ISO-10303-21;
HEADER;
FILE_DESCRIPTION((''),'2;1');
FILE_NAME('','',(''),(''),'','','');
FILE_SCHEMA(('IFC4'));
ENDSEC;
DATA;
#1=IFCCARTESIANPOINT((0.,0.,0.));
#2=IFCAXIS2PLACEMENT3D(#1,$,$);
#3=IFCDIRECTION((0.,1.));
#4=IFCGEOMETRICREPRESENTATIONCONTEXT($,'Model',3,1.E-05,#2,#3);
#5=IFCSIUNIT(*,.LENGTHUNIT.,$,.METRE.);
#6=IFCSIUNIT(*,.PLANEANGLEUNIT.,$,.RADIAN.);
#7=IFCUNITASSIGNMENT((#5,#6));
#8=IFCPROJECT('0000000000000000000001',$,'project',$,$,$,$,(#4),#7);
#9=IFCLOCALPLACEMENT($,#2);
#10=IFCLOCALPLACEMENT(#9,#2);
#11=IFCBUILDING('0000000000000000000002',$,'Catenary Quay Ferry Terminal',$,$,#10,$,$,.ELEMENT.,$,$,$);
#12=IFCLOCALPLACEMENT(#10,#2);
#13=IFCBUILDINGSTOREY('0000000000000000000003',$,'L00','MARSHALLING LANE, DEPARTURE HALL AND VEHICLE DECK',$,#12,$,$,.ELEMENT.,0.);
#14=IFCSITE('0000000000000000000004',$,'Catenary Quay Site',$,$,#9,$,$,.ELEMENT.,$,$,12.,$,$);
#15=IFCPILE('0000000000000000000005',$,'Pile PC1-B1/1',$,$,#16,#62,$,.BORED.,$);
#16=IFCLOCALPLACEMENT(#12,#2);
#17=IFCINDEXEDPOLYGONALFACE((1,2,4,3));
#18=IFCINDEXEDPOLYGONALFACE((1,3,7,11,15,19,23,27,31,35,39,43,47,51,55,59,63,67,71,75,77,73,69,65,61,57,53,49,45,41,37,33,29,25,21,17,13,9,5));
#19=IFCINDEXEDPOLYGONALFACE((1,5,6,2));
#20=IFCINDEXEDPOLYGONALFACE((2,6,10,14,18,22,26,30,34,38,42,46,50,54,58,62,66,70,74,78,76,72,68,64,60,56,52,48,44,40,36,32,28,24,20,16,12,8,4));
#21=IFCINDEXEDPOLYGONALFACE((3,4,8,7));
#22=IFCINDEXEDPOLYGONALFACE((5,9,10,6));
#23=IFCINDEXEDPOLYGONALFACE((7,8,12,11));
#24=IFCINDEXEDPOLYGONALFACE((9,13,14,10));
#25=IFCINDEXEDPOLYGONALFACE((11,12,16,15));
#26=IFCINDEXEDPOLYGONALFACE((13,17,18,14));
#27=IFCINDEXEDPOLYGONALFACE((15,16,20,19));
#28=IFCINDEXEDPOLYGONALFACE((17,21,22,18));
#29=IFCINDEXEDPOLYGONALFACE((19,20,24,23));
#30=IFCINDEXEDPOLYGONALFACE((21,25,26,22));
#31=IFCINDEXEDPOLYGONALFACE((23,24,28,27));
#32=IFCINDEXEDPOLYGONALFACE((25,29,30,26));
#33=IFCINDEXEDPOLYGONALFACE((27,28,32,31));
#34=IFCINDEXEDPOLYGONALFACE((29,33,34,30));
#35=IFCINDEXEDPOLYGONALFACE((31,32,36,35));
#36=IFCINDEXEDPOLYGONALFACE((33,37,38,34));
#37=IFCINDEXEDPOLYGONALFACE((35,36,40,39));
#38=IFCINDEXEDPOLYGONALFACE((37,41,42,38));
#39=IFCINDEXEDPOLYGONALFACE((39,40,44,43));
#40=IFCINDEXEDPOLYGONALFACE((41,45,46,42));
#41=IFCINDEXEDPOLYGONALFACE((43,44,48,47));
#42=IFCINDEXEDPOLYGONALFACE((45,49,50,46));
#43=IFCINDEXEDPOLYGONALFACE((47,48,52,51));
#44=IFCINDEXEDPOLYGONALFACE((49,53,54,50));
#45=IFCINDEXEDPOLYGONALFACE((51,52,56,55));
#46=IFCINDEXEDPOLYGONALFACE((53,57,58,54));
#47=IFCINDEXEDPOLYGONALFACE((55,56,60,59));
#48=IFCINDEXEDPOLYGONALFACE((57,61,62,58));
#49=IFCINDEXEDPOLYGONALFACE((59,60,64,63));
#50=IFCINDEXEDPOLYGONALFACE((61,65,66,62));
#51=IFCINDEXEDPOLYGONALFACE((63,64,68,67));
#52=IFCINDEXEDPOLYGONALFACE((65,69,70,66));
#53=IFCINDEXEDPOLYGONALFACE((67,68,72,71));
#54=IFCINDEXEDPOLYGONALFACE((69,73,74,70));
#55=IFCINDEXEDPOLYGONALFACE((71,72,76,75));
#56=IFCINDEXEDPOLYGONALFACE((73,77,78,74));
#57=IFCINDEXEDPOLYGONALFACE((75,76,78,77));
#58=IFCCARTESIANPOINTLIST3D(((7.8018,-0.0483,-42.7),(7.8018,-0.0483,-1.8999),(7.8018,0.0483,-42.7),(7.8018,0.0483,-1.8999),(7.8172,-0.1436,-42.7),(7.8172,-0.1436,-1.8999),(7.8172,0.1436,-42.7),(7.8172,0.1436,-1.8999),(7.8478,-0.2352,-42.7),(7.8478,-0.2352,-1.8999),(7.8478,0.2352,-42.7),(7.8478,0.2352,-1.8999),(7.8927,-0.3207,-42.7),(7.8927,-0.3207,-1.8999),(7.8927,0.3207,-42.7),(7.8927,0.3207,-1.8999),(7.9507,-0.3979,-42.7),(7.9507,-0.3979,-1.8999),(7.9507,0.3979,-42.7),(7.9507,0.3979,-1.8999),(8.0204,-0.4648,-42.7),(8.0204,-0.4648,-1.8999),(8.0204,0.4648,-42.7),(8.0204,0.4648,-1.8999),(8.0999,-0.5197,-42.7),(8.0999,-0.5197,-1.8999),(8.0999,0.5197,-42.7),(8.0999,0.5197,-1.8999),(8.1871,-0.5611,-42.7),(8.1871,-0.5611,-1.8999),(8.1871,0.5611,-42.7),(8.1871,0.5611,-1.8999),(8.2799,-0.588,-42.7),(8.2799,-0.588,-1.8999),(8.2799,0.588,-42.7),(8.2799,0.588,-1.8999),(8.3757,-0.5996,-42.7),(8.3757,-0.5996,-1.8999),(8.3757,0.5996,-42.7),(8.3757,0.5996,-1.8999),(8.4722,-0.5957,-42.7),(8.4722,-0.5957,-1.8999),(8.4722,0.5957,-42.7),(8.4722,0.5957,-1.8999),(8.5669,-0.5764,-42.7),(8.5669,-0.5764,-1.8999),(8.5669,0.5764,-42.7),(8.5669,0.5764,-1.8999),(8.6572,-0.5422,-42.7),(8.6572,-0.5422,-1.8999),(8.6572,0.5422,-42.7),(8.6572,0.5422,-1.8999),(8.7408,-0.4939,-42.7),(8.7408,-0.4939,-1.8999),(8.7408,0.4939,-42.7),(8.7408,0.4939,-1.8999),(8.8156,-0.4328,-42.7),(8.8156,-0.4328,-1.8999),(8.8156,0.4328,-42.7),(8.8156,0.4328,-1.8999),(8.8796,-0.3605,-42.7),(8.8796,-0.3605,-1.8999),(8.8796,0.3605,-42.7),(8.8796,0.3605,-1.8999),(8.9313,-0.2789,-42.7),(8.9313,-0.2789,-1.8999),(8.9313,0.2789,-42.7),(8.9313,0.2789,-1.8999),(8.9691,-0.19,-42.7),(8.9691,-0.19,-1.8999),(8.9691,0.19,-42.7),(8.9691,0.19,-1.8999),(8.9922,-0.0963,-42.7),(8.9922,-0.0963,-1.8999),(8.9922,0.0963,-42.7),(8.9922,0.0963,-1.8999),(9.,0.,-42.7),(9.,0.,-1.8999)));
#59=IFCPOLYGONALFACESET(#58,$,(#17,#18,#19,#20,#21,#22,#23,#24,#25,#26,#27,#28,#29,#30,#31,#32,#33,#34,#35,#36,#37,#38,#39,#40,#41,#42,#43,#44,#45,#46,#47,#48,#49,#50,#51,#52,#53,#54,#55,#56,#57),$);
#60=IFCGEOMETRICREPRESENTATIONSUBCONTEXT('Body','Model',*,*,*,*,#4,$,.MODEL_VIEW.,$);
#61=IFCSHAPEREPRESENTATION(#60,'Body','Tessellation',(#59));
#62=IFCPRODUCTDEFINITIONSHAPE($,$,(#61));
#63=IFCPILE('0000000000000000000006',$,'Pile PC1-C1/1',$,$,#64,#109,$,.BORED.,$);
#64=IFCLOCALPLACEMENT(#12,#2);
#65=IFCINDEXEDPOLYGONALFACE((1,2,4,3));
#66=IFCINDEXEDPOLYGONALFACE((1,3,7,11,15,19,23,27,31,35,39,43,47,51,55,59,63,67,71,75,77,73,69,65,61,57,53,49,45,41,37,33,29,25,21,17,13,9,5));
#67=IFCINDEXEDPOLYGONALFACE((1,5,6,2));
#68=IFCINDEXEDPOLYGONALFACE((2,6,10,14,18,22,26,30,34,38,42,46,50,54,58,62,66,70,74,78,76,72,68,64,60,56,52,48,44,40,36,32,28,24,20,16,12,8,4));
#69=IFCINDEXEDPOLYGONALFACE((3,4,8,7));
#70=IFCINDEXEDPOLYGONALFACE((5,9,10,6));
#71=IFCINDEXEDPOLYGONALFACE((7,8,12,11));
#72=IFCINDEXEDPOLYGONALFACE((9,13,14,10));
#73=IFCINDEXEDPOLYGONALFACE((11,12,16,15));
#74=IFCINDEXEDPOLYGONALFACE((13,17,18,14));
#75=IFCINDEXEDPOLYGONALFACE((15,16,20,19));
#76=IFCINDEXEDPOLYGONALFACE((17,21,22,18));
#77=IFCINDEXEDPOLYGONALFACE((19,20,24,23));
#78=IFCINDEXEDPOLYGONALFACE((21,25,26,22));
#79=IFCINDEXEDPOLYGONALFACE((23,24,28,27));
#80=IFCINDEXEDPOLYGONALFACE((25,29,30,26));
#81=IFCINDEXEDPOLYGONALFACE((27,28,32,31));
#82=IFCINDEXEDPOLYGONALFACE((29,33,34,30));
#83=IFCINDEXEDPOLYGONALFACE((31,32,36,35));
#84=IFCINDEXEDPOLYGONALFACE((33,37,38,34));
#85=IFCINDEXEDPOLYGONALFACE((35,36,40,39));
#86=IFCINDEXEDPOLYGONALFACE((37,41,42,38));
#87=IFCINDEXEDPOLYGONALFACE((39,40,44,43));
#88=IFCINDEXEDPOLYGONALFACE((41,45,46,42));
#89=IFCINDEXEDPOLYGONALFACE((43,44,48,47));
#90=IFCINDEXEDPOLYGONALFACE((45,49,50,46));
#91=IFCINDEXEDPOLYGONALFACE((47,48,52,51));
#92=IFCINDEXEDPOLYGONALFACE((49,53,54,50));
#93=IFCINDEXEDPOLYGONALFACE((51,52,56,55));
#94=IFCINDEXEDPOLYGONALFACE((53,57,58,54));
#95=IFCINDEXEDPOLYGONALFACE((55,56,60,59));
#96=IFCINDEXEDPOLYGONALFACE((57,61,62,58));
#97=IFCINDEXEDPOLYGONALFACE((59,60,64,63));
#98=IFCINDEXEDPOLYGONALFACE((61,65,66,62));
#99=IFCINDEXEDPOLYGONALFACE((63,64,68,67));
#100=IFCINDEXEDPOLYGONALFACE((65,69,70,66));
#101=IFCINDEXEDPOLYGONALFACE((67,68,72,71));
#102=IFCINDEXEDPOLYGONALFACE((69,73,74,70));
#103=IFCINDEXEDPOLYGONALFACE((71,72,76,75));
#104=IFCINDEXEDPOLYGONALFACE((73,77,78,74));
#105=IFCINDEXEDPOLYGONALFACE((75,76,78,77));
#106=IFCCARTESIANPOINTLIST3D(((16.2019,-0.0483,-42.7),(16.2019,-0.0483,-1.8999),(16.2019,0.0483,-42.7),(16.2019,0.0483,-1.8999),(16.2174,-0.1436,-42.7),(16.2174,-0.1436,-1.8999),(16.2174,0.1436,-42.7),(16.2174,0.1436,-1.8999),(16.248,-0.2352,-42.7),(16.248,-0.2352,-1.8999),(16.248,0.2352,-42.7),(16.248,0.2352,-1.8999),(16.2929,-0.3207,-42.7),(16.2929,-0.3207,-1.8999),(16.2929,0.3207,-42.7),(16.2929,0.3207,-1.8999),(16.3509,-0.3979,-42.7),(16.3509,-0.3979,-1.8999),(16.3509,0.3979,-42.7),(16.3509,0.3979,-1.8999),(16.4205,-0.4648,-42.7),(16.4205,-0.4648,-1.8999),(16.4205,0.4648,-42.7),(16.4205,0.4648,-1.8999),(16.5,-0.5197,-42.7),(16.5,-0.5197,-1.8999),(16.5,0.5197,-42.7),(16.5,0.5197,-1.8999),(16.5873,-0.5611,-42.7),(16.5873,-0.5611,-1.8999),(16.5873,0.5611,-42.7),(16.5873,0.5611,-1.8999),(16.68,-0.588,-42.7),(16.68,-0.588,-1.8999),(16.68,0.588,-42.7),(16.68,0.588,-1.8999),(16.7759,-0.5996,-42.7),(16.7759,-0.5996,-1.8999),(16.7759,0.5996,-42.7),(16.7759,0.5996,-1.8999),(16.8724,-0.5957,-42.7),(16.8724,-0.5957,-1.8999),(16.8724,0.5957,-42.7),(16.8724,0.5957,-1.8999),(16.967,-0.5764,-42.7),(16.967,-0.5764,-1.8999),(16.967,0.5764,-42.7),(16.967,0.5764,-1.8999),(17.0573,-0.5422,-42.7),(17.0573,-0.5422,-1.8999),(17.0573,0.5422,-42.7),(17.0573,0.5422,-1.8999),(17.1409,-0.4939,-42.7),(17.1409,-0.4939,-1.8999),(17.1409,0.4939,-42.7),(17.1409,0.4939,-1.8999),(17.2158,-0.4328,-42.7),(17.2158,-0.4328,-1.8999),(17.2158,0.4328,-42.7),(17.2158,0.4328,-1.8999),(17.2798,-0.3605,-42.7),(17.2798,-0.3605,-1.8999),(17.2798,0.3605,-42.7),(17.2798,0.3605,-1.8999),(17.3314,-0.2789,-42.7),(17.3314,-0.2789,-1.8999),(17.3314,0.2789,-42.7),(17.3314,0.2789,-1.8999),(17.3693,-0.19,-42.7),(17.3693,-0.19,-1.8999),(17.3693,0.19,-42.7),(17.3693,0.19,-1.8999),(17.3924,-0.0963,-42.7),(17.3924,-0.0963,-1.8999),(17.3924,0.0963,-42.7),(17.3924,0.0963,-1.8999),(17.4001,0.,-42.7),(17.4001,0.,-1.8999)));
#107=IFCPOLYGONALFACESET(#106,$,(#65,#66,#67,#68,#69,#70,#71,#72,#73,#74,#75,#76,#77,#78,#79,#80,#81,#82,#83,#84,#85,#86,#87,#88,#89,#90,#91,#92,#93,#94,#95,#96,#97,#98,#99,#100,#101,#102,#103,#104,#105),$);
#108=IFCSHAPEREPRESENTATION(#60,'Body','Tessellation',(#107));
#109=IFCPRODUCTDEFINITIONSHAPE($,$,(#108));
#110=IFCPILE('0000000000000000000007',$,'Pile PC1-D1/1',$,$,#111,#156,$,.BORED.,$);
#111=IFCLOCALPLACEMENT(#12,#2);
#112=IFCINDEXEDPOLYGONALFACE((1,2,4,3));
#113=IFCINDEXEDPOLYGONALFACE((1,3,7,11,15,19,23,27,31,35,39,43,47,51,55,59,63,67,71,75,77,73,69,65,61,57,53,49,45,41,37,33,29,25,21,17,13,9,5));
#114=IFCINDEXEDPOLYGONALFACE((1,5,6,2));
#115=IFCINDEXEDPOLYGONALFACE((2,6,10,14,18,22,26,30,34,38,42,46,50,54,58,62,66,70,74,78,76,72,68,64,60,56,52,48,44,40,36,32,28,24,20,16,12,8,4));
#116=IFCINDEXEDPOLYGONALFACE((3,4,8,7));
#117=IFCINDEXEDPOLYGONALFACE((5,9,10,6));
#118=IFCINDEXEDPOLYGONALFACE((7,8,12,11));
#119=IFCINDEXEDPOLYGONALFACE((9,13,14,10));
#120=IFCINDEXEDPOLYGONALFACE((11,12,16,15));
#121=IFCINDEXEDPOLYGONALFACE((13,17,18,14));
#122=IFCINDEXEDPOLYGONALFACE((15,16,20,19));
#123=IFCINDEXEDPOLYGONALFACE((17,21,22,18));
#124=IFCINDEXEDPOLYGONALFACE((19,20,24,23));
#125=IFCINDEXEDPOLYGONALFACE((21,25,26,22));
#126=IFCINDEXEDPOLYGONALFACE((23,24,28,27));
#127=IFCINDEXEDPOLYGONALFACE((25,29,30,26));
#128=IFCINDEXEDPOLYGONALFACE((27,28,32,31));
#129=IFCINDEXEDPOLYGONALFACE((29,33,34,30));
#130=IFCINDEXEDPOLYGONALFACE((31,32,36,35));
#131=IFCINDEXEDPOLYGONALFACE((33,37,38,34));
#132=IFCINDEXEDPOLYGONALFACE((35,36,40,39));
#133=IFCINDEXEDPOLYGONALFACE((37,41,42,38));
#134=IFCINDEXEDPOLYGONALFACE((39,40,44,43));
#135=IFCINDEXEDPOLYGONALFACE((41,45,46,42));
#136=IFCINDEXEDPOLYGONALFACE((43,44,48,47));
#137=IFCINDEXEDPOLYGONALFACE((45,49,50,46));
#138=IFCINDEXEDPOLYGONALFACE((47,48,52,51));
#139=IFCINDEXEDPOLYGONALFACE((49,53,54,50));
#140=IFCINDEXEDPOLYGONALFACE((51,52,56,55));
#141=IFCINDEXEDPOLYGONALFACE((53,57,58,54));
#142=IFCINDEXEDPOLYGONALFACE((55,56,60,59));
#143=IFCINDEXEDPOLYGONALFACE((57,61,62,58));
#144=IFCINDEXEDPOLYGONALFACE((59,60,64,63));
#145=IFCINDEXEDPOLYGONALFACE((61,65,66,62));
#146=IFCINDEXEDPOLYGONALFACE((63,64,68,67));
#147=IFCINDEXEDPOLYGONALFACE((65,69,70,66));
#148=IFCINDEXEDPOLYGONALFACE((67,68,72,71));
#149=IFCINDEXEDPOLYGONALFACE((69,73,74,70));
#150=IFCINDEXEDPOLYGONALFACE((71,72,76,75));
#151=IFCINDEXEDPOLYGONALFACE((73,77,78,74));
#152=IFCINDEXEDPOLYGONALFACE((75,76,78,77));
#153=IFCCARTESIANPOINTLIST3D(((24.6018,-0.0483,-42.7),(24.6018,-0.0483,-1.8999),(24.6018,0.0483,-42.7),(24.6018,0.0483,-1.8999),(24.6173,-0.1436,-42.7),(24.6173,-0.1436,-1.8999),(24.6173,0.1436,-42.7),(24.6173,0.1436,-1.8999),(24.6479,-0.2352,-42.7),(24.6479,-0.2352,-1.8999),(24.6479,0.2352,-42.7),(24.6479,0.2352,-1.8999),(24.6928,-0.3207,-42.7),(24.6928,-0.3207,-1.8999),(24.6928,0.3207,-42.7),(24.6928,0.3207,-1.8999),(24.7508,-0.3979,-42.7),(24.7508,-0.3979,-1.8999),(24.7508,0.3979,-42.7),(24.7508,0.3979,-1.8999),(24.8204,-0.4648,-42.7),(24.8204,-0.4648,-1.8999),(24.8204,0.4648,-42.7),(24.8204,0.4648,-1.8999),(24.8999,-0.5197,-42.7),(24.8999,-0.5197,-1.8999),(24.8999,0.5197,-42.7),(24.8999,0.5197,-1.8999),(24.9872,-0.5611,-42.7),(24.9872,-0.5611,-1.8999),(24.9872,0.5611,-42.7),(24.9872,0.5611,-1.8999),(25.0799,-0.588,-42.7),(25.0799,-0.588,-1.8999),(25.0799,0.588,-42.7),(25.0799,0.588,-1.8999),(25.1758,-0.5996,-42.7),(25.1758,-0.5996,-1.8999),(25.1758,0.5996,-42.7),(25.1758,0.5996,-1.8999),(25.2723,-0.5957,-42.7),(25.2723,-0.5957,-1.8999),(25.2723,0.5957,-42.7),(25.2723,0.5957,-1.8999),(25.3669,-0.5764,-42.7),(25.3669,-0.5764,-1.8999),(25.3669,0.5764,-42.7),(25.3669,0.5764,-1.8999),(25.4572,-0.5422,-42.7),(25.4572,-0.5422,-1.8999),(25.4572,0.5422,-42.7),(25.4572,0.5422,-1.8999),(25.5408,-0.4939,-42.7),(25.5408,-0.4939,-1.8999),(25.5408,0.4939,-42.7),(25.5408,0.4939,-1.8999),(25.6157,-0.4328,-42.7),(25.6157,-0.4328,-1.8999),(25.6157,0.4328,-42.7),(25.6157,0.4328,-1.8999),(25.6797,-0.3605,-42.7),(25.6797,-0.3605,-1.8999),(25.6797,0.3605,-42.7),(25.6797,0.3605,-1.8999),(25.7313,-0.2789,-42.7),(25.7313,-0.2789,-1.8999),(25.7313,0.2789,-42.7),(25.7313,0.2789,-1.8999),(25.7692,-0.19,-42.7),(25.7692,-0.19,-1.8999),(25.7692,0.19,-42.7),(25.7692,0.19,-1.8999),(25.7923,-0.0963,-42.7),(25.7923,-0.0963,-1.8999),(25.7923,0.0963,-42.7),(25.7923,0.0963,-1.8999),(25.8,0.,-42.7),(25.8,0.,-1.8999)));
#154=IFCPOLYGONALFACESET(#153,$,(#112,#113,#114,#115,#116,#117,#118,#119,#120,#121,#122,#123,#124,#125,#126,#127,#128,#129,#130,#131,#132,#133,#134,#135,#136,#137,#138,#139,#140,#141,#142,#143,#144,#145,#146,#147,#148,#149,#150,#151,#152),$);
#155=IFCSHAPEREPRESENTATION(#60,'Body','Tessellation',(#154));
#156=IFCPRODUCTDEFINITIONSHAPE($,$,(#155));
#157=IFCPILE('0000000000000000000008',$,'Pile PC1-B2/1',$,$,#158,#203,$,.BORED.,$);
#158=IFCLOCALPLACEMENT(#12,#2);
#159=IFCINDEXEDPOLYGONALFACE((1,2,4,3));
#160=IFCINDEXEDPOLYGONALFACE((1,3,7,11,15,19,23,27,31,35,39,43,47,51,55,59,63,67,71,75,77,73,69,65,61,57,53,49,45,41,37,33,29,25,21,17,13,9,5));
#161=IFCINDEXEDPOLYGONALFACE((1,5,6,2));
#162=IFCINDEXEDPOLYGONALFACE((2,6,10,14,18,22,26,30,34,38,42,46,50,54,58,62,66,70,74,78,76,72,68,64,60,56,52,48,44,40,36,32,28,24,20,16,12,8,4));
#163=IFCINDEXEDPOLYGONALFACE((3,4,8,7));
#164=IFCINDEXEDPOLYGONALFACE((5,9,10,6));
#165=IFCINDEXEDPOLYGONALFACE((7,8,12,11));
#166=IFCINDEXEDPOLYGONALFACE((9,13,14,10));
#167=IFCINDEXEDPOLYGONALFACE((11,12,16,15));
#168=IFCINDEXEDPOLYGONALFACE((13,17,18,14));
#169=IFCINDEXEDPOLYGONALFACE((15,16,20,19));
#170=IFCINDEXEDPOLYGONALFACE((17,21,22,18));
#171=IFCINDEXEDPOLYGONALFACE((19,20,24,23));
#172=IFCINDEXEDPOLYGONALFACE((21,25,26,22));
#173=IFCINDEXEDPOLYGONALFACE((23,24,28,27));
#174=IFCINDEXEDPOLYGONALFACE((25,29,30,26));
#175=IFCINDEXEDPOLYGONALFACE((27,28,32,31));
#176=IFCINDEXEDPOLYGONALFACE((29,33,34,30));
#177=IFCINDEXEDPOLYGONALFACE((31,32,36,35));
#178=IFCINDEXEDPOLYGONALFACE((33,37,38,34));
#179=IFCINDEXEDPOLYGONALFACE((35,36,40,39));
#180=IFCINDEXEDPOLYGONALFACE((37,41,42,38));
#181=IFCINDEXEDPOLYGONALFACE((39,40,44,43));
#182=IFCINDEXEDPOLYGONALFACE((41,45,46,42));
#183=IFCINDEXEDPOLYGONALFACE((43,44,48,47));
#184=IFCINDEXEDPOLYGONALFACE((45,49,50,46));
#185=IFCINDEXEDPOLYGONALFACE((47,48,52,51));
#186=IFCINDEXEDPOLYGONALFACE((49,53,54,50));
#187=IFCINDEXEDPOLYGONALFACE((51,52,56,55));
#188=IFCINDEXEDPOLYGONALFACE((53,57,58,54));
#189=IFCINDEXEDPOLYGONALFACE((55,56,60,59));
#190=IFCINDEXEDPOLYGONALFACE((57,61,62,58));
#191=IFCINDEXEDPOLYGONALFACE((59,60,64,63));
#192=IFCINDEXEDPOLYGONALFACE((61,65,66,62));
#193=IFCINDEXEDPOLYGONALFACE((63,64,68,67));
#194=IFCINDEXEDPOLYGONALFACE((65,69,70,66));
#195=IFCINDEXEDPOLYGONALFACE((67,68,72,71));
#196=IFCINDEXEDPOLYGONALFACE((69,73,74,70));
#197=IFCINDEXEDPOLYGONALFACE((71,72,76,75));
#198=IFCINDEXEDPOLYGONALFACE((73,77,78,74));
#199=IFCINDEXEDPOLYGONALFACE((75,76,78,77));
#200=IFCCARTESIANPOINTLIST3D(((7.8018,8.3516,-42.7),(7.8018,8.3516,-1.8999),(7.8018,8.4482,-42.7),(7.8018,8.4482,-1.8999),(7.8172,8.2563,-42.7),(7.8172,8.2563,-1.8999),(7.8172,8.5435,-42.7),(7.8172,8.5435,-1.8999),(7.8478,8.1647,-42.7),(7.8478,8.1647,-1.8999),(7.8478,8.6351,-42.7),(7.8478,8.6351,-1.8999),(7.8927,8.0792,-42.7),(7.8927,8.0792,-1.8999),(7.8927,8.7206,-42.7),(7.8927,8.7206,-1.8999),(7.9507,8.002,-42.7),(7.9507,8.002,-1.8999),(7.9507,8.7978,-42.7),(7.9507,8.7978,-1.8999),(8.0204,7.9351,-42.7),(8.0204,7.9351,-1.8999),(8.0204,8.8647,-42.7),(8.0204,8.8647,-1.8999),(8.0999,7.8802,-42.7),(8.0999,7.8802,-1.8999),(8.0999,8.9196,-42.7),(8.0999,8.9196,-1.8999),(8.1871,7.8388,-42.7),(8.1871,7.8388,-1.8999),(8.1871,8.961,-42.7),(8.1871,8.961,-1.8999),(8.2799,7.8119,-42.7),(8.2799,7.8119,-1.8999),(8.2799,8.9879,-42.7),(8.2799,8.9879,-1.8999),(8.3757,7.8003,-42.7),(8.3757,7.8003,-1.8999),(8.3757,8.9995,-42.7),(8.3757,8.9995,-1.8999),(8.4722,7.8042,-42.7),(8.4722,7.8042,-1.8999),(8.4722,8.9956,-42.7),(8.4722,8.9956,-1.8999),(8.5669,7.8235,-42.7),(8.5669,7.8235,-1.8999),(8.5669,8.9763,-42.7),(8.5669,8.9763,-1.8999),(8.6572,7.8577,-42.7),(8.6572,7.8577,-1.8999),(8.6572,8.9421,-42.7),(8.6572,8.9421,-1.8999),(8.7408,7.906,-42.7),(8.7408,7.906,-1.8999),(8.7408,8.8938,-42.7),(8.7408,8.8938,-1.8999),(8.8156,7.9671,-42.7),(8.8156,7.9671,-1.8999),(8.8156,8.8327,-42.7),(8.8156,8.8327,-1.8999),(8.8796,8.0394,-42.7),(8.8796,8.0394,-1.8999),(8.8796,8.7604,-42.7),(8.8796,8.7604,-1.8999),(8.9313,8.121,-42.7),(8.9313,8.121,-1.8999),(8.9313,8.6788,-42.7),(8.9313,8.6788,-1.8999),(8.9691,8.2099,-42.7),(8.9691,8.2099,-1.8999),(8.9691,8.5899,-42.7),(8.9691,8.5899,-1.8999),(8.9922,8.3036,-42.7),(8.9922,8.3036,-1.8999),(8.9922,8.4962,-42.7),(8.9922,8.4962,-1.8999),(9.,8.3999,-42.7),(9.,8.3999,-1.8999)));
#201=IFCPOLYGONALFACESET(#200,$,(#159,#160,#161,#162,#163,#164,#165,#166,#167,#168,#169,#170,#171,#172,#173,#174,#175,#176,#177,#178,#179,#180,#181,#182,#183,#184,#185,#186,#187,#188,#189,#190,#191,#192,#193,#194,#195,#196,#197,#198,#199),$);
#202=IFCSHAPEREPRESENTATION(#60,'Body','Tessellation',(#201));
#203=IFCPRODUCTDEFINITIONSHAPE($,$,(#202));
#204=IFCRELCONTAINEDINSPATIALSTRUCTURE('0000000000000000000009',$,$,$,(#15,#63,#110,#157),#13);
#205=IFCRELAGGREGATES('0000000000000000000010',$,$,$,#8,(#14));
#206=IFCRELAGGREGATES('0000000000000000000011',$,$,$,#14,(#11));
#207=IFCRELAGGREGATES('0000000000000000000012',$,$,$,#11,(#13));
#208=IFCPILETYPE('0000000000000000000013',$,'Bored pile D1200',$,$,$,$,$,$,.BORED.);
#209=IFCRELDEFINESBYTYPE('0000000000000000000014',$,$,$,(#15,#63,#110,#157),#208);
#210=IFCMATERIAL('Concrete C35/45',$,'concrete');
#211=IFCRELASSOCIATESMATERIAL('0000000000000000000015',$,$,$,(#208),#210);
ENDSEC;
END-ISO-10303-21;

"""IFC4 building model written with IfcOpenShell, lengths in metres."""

from ifc_helpers import new_model, si_unit, direction, frame, origin, origin_2d, place, context, subcontext, project, spatial, circle, extrude, material, material_profile, profile_set, type_object, element, save


model = new_model("IFC4")

# Units and contexts
model_context = context("Model", 3, precision=1e-05, world=origin(), true_north=direction((0.0, 1.0)))
body_context = subcontext(model_context, "Body", "Model", "MODEL_VIEW")
ifc_project = project(units=[si_unit("LENGTHUNIT", "METRE"), si_unit("PLANEANGLEUNIT", "RADIAN")], contexts=[model_context])

# Site, building, storey
site_placement = place(None, origin())
site = spatial("IfcSite", under=ifc_project, at=site_placement, Name="Catenary Quay Site", CompositionType="ELEMENT", RefElevation=12.0)
building_placement = place(site_placement, origin())
building = spatial("IfcBuilding", under=site, at=building_placement, Name="Catenary Quay Ferry Terminal", CompositionType="ELEMENT")
storey_placement = place(building_placement, origin())
storey = spatial("IfcBuildingStorey", under=building, at=storey_placement, Name="L00", Description="MARSHALLING LANE, DEPARTURE HALL AND VEHICLE DECK", CompositionType="ELEMENT", Elevation=0.0)

# Piles
ifc_material_1 = material(Name="Concrete C35/45", Category="concrete")
ifc_material_profile_1 = material_profile(ifc_material_1, circle(Radius=0.6001, at=origin_2d()), Name="D1200")
ifc_profile_set_1 = profile_set([ifc_material_profile_1], Name="Concrete C35/45")
pile_type = type_object("IfcPileType", Name="Bored pile D1200", PredefinedType="BORED", material=ifc_profile_set_1)
for number, where, z_axis, x_axis, name in (
    (1, (8.3999, 0.0, -1.8999), (0.0, 0.0, -1.0), (1.0, 0.0, 0.0), "Pile PC1-B1/1"),
    (2, (16.8, 0.0, -1.8999), (0.0, 0.0, -1.0), (1.0, 0.0, 0.0), "Pile PC1-C1/1"),
    (3, (25.2, 0.0, -1.8999), (0.0, 0.0, -1.0), (1.0, 0.0, 0.0), "Pile PC1-D1/1"),
    (4, (8.3999, 8.3999, -1.8999), (0.0, 0.0, -1.0), (1.0, 0.0, 0.0), "Pile PC1-B2/1"),
):
    element("IfcPile", number, at=place(storey_placement, frame(where, z_axis=z_axis, x_axis=x_axis)), inside=storey, type_object=pile_type, Name=name, PredefinedType="BORED", context=body_context, shape_type="SweptSolid", body=[
        extrude(circle(Radius=0.6001, at=origin_2d()), origin(), (0.0, 0.0, 1.0), 40.8),
    ])

save(model, "model.ifc")
